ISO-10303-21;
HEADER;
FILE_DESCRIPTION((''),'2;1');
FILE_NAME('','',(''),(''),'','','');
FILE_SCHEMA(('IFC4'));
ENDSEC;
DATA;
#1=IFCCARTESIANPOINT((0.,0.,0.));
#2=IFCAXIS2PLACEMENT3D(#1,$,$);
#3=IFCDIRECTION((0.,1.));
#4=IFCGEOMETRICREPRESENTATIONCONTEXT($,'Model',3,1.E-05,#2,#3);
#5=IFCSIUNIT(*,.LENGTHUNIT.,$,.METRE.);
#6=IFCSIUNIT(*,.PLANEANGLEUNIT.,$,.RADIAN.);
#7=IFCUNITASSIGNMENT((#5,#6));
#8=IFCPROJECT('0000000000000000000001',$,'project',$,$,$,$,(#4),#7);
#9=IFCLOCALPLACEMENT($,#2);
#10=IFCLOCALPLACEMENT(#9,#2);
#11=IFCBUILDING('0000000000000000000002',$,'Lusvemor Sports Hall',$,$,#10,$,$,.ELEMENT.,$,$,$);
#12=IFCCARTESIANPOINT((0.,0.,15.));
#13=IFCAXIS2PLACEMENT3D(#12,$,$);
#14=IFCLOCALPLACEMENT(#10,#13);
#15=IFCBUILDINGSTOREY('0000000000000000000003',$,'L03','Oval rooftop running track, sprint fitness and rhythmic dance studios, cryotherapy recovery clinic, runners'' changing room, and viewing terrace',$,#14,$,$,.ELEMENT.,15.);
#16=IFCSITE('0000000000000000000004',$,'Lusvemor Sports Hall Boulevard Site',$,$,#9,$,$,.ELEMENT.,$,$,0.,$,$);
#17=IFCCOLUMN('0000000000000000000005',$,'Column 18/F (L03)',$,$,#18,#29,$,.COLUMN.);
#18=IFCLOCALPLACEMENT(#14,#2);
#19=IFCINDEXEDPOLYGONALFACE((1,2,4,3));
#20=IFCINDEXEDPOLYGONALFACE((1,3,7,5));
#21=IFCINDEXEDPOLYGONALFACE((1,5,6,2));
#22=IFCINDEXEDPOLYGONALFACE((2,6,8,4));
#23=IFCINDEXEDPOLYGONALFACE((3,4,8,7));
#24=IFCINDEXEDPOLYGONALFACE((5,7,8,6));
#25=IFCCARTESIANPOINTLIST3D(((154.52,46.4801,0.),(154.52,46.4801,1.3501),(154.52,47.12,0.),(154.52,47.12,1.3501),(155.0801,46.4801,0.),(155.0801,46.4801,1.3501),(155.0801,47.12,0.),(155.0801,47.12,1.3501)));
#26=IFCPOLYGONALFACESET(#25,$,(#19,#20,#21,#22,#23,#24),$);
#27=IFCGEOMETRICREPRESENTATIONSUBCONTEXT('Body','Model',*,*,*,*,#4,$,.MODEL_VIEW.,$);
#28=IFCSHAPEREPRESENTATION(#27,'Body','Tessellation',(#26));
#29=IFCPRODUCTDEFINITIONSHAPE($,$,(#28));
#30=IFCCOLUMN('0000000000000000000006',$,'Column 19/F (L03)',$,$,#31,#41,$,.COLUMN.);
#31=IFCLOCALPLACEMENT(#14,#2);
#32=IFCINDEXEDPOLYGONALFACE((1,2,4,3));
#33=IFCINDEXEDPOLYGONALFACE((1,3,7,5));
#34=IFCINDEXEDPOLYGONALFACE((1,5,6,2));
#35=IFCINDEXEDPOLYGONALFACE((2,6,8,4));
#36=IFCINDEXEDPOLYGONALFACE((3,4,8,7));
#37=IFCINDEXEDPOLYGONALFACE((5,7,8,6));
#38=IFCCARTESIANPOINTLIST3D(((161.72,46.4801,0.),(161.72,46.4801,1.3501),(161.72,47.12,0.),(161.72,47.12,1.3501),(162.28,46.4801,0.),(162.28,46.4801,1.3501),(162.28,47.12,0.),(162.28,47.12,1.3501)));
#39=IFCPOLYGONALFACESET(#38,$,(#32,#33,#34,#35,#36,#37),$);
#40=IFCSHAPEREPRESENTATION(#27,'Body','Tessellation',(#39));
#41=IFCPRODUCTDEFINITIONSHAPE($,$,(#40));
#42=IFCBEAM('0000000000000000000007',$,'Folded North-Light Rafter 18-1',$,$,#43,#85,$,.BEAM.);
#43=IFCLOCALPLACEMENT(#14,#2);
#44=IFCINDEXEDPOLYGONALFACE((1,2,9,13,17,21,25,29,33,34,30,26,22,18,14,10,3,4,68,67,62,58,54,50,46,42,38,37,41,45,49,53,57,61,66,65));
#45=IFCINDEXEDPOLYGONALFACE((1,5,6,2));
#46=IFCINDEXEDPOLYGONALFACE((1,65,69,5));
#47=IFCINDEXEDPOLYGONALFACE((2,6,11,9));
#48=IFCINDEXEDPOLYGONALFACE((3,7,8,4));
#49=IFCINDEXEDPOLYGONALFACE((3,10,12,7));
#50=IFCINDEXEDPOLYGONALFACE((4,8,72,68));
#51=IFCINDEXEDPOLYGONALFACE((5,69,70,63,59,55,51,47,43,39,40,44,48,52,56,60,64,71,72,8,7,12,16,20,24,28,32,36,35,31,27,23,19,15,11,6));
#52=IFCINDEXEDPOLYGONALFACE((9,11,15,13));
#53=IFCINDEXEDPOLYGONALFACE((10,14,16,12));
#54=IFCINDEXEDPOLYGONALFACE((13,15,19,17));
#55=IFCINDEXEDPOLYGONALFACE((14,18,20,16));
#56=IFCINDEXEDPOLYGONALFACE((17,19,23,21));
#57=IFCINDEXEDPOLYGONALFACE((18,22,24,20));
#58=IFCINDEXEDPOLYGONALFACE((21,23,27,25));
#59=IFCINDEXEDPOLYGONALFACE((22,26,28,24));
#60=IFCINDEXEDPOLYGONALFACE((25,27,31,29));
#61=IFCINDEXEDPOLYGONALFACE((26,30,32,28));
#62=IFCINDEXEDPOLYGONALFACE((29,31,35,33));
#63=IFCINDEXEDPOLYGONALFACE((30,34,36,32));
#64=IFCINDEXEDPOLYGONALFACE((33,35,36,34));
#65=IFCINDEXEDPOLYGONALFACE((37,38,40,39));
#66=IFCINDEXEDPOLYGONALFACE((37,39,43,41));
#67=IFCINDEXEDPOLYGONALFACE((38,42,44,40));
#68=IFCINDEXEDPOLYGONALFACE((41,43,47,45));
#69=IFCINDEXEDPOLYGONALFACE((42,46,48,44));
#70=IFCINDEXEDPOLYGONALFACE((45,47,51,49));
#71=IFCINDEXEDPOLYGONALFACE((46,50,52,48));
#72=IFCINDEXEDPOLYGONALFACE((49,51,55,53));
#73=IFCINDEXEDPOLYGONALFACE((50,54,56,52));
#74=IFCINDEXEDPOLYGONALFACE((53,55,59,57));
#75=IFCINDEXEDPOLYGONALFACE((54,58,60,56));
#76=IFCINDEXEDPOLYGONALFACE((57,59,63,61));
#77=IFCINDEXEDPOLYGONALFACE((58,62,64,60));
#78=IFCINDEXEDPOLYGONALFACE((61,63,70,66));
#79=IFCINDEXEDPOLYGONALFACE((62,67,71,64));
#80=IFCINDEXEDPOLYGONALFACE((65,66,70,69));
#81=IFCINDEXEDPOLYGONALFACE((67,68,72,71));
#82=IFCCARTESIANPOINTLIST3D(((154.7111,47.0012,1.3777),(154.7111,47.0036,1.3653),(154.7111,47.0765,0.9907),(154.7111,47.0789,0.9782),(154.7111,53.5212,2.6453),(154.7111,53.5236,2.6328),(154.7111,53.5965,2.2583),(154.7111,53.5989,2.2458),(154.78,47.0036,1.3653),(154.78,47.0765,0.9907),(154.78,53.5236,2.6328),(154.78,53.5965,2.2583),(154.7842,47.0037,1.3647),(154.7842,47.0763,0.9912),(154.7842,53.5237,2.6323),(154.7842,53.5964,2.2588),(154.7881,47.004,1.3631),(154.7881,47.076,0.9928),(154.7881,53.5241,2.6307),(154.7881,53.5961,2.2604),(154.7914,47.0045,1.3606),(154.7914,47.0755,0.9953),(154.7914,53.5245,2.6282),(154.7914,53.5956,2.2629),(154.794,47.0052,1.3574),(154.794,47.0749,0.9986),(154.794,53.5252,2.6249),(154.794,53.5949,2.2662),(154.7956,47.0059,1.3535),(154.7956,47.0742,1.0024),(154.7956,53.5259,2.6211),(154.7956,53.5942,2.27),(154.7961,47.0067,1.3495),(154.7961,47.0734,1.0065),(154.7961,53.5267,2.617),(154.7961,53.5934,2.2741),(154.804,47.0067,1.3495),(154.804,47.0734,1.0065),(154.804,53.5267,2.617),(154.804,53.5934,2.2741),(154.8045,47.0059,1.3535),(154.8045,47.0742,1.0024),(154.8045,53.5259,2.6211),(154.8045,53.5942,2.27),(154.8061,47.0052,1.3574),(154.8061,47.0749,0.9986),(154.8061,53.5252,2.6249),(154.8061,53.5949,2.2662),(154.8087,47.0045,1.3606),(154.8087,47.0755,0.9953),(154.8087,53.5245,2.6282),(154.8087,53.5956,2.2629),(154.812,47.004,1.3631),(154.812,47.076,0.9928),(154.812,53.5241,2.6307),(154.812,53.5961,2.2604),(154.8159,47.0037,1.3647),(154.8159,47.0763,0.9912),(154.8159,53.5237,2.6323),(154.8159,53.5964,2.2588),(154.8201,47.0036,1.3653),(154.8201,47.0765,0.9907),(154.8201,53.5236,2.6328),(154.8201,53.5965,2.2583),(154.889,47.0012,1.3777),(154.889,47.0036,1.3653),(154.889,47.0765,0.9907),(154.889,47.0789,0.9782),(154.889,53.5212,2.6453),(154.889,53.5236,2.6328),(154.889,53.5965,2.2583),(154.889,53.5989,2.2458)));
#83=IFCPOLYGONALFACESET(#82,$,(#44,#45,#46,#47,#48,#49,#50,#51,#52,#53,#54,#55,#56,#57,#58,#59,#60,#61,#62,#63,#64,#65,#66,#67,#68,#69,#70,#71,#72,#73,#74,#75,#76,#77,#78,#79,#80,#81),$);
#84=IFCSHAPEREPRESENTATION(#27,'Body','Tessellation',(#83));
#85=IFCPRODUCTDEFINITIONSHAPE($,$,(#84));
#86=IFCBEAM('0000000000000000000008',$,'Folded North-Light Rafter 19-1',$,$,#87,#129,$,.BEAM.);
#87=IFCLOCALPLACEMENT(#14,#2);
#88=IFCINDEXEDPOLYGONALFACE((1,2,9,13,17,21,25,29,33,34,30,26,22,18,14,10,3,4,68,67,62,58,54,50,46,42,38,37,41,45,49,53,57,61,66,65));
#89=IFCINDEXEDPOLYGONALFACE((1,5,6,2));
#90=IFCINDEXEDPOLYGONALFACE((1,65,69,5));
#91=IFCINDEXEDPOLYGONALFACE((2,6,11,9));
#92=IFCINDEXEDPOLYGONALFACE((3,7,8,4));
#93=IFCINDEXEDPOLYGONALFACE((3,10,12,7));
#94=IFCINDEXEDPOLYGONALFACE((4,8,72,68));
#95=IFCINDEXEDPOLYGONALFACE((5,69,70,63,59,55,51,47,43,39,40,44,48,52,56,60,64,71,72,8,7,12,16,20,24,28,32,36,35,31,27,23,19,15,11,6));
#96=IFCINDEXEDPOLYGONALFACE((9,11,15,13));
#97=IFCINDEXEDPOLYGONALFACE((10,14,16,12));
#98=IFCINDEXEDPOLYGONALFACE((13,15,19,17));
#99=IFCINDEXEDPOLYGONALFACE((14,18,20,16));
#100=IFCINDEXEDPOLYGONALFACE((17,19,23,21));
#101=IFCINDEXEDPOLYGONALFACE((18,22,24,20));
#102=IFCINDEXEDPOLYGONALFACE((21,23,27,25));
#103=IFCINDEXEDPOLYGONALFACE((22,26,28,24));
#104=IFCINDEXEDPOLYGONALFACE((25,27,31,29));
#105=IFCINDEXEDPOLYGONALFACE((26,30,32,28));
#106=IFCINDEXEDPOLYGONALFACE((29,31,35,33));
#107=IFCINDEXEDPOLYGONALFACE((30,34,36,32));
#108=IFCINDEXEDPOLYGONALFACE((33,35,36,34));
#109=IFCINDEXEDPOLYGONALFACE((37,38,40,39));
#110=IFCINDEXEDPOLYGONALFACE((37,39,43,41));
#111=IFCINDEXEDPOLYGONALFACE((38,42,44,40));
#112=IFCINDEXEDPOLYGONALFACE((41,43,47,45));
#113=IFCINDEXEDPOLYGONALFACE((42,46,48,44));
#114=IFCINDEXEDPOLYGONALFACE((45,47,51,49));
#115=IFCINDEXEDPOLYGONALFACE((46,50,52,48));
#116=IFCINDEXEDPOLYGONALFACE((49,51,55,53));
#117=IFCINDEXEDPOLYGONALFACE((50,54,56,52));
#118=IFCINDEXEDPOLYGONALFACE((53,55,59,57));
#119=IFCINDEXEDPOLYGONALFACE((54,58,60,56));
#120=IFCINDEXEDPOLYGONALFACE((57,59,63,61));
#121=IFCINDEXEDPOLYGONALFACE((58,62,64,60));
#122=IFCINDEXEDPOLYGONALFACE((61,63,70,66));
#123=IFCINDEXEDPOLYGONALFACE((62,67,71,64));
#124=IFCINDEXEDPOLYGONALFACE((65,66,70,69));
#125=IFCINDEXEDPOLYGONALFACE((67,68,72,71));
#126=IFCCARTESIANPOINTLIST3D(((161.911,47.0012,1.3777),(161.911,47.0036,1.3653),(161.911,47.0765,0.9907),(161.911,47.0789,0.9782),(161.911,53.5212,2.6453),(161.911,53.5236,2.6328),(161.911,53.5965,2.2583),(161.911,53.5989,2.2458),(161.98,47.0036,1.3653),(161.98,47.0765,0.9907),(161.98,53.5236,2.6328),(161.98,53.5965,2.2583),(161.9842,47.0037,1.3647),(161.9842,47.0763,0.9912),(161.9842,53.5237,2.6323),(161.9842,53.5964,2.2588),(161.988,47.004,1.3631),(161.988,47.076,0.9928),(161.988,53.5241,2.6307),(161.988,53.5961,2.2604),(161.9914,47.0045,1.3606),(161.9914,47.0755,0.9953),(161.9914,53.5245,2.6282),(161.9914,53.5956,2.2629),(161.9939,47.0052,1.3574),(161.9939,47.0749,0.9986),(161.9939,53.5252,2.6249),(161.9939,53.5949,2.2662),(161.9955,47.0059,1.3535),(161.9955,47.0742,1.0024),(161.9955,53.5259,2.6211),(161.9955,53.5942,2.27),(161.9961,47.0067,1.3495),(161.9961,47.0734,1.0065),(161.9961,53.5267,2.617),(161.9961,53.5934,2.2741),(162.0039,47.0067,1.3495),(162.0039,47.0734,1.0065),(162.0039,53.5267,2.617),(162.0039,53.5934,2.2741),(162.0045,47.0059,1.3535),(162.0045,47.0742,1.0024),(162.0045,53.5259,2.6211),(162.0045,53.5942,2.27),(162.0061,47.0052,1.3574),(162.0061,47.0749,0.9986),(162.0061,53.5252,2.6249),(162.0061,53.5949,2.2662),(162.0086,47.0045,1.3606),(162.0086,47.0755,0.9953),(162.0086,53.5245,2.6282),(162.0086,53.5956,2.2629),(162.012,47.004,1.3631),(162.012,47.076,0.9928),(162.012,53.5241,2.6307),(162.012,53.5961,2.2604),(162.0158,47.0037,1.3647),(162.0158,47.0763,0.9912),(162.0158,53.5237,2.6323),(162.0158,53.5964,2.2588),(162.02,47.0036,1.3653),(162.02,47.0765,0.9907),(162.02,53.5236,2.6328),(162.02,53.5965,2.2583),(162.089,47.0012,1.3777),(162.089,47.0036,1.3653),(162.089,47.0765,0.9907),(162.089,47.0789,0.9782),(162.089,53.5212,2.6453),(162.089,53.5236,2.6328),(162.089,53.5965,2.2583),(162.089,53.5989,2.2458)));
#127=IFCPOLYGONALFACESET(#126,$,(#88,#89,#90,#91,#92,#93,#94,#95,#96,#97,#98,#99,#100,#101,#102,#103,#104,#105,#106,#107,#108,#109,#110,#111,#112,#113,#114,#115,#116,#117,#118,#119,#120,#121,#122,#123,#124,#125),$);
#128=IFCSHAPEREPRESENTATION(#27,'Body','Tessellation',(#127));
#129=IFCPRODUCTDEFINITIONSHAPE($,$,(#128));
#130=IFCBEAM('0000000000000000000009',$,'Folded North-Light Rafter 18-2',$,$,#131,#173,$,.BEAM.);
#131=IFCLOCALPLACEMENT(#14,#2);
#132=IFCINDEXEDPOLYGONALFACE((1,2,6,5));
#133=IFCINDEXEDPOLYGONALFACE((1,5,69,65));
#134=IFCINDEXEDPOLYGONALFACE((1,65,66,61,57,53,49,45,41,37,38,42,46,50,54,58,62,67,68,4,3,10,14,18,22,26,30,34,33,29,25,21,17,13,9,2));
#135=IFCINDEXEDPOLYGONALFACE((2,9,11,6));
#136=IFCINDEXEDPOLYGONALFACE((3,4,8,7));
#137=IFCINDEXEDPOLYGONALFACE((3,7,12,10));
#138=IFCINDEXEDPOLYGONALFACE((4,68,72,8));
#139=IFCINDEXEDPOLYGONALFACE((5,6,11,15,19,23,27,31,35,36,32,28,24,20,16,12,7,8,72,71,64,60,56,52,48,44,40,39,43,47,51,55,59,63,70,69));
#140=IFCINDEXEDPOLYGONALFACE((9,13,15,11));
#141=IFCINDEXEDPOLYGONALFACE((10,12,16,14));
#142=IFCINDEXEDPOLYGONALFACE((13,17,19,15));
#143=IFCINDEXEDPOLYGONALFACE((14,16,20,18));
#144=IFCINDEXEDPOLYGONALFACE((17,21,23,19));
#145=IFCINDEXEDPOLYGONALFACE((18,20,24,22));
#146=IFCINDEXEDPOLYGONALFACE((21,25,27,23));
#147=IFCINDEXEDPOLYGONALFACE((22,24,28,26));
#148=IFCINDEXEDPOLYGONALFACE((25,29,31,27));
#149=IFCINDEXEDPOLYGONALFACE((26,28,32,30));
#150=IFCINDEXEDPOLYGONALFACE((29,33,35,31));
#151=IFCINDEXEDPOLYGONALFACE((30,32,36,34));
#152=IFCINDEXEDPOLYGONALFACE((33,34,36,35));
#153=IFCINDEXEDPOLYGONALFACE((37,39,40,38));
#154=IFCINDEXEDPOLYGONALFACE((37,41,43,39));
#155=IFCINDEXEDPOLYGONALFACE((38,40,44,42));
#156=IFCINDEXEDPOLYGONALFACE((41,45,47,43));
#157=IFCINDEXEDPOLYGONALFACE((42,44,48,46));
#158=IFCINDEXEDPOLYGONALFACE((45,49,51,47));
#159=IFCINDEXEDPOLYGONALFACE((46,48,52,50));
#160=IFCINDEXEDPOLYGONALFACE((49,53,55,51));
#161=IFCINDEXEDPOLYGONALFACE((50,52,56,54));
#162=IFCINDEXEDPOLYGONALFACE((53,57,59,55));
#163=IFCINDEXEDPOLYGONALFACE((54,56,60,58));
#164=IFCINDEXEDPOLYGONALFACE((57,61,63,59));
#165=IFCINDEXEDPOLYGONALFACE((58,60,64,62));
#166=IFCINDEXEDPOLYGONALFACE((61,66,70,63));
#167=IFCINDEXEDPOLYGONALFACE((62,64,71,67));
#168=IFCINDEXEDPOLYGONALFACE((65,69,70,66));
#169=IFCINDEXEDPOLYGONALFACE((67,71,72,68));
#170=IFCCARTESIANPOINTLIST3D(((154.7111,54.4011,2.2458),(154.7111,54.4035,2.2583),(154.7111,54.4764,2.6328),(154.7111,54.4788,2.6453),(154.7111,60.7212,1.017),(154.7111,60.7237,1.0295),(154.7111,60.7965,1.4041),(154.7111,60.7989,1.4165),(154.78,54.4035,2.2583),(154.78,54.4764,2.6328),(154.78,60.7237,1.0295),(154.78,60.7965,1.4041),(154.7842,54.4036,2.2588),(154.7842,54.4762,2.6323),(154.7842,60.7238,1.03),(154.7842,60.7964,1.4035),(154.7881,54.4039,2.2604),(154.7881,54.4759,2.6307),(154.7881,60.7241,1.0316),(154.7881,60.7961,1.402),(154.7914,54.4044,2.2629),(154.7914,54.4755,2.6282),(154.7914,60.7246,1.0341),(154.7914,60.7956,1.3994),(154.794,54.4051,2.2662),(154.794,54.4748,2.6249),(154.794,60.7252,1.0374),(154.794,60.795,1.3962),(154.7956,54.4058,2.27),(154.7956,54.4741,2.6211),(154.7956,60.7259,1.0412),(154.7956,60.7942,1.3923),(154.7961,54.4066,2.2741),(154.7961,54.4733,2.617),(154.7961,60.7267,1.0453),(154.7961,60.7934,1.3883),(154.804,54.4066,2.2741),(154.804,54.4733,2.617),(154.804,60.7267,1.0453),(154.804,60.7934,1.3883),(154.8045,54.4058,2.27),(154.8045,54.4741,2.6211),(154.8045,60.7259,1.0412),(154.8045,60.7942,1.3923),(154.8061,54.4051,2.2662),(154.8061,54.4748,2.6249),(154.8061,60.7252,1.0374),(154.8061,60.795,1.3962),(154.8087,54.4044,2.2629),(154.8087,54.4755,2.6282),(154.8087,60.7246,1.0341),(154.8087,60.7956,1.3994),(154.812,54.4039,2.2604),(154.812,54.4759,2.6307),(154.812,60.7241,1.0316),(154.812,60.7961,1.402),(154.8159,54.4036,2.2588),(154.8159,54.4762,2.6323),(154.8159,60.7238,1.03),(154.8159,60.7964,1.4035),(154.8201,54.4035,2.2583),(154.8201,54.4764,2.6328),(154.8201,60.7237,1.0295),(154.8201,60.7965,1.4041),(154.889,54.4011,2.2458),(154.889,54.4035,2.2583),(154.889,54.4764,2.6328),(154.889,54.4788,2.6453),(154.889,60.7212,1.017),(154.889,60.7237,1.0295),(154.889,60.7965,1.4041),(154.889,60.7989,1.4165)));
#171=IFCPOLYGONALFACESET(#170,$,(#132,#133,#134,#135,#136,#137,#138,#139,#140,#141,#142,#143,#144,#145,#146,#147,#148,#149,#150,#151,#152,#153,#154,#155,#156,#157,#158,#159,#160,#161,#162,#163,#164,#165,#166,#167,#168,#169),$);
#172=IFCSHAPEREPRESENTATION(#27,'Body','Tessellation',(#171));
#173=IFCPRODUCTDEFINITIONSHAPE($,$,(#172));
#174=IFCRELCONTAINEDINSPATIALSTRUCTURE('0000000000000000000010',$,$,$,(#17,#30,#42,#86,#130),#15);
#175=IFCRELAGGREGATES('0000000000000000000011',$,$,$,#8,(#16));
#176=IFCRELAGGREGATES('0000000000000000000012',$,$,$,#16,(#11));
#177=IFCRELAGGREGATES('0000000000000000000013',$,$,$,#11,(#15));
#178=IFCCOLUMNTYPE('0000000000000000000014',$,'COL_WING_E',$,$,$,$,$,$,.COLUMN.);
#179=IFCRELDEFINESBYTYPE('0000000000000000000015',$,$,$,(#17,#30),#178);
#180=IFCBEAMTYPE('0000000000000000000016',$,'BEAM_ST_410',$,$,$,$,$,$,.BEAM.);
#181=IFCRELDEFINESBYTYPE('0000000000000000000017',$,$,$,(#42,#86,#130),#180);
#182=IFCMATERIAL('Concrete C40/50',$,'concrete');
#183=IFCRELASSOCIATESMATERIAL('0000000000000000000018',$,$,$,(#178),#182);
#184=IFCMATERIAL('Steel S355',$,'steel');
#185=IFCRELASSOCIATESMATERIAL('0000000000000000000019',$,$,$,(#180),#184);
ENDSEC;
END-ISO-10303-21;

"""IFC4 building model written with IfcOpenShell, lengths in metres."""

from ifc_helpers import new_model, si_unit, direction, frame, origin, origin_2d, place, context, subcontext, project, spatial, rectangle, i_section, extrude, material, material_profile, profile_set, type_object, element, save


model = new_model("IFC4")

# Units and contexts
model_context = context("Model", 3, precision=1e-05, world=origin(), true_north=direction((0.0, 1.0)))
body_context = subcontext(model_context, "Body", "Model", "MODEL_VIEW")
ifc_project = project(units=[si_unit("LENGTHUNIT", "METRE"), si_unit("PLANEANGLEUNIT", "RADIAN")], contexts=[model_context])

# Site, building, storey
site_placement = place(None, origin())
site = spatial("IfcSite", under=ifc_project, at=site_placement, Name="Lusvemor Sports Hall Boulevard Site", CompositionType="ELEMENT", RefElevation=0.0)
building_placement = place(site_placement, origin())
building = spatial("IfcBuilding", under=site, at=building_placement, Name="Lusvemor Sports Hall", CompositionType="ELEMENT")
storey_placement = place(building_placement, frame((0.0, 0.0, 15.0)))
storey = spatial("IfcBuildingStorey", under=building, at=storey_placement, Name="L03", Description="Oval rooftop running track, sprint fitness and rhythmic dance studios, cryotherapy recovery clinic, runners' changing room, and viewing terrace", CompositionType="ELEMENT", Elevation=15.0)

# Columns
ifc_material_1 = material(Name="Concrete C40/50", Category="concrete")
ifc_material_profile_1 = material_profile(ifc_material_1, rectangle(XDim=0.5601, YDim=0.6399, at=origin_2d()), Name="RC560x640")
ifc_profile_set_1 = profile_set([ifc_material_profile_1], Name="Concrete C40/50")
column_type = type_object("IfcColumnType", Name="COL_WING_E", PredefinedType="COLUMN", material=ifc_profile_set_1)
for number, where, z_axis, x_axis, name in (
    (1, (154.8, 46.8, 0.0), (0.0, 0.0, 1.0), (1.0, 0.0, 0.0), "Column 18/F (L03)"),
    (2, (162.0, 46.8, 0.0), (0.0, 0.0, 1.0), (1.0, 0.0, 0.0), "Column 19/F (L03)"),
):
    element("IfcColumn", number, at=place(storey_placement, frame(where, z_axis=z_axis, x_axis=x_axis)), inside=storey, type_object=column_type, Name=name, PredefinedType="COLUMN", context=body_context, shape_type="SweptSolid", body=[
        extrude(rectangle(XDim=0.5601, YDim=0.6399, at=origin_2d()), origin(), (0.0, 0.0, 1.0), 1.3501),
    ])

# Beams
ifc_material_2 = material(Name="Steel S355", Category="steel")
ifc_material_profile_2 = material_profile(ifc_material_2, i_section(OverallWidth=0.178, OverallDepth=0.407, WebThickness=0.0078, FlangeThickness=0.0127, FilletRadius=0.0161, at=origin_2d()), Name="W410x60.0")
ifc_profile_set_2 = profile_set([ifc_material_profile_2], Name="Steel S355")
beam_type_1 = type_object("IfcBeamType", Name="BEAM_ST_410", PredefinedType="BEAM", material=ifc_profile_set_2)
for number, where, z_axis, x_axis, name in (
    (3, (154.8, 47.04, 1.178), (0.0, 0.981621, 0.19084), (-1.0, 0.0, 0.0), "Folded North-Light Rafter 18-1"),
    (4, (162.0, 47.04, 1.178), (0.0, 0.981621, 0.19084), (-1.0, 0.0, 0.0), "Folded North-Light Rafter 19-1"),
):
    element("IfcBeam", number, at=place(storey_placement, frame(where, z_axis=z_axis, x_axis=x_axis)), inside=storey, type_object=beam_type_1, Name=name, PredefinedType="BEAM", context=body_context, shape_type="SweptSolid", body=[
        extrude(i_section(OverallWidth=0.178, OverallDepth=0.407, WebThickness=0.0078, FlangeThickness=0.0127, FilletRadius=0.0161, at=origin_2d()), origin(), (0.0, 0.0, 1.0), 6.6421),
    ])
for number, where, z_axis, x_axis, name in (
    (5, (154.8, 54.4399, 2.4456), (0.0, 0.98162, -0.190848), (-1.0, 0.0, 0.0), "Folded North-Light Rafter 18-2"),
):
    element("IfcBeam", number, at=place(storey_placement, frame(where, z_axis=z_axis, x_axis=x_axis)), inside=storey, type_object=beam_type_1, Name=name, PredefinedType="BEAM", context=body_context, shape_type="SweptSolid", body=[
        extrude(i_section(OverallWidth=0.178, OverallDepth=0.407, WebThickness=0.0078, FlangeThickness=0.0127, FilletRadius=0.0161, at=origin_2d()), origin(), (0.0, 0.0, 1.0), 6.4385),
    ])

save(model, "model.ifc")
